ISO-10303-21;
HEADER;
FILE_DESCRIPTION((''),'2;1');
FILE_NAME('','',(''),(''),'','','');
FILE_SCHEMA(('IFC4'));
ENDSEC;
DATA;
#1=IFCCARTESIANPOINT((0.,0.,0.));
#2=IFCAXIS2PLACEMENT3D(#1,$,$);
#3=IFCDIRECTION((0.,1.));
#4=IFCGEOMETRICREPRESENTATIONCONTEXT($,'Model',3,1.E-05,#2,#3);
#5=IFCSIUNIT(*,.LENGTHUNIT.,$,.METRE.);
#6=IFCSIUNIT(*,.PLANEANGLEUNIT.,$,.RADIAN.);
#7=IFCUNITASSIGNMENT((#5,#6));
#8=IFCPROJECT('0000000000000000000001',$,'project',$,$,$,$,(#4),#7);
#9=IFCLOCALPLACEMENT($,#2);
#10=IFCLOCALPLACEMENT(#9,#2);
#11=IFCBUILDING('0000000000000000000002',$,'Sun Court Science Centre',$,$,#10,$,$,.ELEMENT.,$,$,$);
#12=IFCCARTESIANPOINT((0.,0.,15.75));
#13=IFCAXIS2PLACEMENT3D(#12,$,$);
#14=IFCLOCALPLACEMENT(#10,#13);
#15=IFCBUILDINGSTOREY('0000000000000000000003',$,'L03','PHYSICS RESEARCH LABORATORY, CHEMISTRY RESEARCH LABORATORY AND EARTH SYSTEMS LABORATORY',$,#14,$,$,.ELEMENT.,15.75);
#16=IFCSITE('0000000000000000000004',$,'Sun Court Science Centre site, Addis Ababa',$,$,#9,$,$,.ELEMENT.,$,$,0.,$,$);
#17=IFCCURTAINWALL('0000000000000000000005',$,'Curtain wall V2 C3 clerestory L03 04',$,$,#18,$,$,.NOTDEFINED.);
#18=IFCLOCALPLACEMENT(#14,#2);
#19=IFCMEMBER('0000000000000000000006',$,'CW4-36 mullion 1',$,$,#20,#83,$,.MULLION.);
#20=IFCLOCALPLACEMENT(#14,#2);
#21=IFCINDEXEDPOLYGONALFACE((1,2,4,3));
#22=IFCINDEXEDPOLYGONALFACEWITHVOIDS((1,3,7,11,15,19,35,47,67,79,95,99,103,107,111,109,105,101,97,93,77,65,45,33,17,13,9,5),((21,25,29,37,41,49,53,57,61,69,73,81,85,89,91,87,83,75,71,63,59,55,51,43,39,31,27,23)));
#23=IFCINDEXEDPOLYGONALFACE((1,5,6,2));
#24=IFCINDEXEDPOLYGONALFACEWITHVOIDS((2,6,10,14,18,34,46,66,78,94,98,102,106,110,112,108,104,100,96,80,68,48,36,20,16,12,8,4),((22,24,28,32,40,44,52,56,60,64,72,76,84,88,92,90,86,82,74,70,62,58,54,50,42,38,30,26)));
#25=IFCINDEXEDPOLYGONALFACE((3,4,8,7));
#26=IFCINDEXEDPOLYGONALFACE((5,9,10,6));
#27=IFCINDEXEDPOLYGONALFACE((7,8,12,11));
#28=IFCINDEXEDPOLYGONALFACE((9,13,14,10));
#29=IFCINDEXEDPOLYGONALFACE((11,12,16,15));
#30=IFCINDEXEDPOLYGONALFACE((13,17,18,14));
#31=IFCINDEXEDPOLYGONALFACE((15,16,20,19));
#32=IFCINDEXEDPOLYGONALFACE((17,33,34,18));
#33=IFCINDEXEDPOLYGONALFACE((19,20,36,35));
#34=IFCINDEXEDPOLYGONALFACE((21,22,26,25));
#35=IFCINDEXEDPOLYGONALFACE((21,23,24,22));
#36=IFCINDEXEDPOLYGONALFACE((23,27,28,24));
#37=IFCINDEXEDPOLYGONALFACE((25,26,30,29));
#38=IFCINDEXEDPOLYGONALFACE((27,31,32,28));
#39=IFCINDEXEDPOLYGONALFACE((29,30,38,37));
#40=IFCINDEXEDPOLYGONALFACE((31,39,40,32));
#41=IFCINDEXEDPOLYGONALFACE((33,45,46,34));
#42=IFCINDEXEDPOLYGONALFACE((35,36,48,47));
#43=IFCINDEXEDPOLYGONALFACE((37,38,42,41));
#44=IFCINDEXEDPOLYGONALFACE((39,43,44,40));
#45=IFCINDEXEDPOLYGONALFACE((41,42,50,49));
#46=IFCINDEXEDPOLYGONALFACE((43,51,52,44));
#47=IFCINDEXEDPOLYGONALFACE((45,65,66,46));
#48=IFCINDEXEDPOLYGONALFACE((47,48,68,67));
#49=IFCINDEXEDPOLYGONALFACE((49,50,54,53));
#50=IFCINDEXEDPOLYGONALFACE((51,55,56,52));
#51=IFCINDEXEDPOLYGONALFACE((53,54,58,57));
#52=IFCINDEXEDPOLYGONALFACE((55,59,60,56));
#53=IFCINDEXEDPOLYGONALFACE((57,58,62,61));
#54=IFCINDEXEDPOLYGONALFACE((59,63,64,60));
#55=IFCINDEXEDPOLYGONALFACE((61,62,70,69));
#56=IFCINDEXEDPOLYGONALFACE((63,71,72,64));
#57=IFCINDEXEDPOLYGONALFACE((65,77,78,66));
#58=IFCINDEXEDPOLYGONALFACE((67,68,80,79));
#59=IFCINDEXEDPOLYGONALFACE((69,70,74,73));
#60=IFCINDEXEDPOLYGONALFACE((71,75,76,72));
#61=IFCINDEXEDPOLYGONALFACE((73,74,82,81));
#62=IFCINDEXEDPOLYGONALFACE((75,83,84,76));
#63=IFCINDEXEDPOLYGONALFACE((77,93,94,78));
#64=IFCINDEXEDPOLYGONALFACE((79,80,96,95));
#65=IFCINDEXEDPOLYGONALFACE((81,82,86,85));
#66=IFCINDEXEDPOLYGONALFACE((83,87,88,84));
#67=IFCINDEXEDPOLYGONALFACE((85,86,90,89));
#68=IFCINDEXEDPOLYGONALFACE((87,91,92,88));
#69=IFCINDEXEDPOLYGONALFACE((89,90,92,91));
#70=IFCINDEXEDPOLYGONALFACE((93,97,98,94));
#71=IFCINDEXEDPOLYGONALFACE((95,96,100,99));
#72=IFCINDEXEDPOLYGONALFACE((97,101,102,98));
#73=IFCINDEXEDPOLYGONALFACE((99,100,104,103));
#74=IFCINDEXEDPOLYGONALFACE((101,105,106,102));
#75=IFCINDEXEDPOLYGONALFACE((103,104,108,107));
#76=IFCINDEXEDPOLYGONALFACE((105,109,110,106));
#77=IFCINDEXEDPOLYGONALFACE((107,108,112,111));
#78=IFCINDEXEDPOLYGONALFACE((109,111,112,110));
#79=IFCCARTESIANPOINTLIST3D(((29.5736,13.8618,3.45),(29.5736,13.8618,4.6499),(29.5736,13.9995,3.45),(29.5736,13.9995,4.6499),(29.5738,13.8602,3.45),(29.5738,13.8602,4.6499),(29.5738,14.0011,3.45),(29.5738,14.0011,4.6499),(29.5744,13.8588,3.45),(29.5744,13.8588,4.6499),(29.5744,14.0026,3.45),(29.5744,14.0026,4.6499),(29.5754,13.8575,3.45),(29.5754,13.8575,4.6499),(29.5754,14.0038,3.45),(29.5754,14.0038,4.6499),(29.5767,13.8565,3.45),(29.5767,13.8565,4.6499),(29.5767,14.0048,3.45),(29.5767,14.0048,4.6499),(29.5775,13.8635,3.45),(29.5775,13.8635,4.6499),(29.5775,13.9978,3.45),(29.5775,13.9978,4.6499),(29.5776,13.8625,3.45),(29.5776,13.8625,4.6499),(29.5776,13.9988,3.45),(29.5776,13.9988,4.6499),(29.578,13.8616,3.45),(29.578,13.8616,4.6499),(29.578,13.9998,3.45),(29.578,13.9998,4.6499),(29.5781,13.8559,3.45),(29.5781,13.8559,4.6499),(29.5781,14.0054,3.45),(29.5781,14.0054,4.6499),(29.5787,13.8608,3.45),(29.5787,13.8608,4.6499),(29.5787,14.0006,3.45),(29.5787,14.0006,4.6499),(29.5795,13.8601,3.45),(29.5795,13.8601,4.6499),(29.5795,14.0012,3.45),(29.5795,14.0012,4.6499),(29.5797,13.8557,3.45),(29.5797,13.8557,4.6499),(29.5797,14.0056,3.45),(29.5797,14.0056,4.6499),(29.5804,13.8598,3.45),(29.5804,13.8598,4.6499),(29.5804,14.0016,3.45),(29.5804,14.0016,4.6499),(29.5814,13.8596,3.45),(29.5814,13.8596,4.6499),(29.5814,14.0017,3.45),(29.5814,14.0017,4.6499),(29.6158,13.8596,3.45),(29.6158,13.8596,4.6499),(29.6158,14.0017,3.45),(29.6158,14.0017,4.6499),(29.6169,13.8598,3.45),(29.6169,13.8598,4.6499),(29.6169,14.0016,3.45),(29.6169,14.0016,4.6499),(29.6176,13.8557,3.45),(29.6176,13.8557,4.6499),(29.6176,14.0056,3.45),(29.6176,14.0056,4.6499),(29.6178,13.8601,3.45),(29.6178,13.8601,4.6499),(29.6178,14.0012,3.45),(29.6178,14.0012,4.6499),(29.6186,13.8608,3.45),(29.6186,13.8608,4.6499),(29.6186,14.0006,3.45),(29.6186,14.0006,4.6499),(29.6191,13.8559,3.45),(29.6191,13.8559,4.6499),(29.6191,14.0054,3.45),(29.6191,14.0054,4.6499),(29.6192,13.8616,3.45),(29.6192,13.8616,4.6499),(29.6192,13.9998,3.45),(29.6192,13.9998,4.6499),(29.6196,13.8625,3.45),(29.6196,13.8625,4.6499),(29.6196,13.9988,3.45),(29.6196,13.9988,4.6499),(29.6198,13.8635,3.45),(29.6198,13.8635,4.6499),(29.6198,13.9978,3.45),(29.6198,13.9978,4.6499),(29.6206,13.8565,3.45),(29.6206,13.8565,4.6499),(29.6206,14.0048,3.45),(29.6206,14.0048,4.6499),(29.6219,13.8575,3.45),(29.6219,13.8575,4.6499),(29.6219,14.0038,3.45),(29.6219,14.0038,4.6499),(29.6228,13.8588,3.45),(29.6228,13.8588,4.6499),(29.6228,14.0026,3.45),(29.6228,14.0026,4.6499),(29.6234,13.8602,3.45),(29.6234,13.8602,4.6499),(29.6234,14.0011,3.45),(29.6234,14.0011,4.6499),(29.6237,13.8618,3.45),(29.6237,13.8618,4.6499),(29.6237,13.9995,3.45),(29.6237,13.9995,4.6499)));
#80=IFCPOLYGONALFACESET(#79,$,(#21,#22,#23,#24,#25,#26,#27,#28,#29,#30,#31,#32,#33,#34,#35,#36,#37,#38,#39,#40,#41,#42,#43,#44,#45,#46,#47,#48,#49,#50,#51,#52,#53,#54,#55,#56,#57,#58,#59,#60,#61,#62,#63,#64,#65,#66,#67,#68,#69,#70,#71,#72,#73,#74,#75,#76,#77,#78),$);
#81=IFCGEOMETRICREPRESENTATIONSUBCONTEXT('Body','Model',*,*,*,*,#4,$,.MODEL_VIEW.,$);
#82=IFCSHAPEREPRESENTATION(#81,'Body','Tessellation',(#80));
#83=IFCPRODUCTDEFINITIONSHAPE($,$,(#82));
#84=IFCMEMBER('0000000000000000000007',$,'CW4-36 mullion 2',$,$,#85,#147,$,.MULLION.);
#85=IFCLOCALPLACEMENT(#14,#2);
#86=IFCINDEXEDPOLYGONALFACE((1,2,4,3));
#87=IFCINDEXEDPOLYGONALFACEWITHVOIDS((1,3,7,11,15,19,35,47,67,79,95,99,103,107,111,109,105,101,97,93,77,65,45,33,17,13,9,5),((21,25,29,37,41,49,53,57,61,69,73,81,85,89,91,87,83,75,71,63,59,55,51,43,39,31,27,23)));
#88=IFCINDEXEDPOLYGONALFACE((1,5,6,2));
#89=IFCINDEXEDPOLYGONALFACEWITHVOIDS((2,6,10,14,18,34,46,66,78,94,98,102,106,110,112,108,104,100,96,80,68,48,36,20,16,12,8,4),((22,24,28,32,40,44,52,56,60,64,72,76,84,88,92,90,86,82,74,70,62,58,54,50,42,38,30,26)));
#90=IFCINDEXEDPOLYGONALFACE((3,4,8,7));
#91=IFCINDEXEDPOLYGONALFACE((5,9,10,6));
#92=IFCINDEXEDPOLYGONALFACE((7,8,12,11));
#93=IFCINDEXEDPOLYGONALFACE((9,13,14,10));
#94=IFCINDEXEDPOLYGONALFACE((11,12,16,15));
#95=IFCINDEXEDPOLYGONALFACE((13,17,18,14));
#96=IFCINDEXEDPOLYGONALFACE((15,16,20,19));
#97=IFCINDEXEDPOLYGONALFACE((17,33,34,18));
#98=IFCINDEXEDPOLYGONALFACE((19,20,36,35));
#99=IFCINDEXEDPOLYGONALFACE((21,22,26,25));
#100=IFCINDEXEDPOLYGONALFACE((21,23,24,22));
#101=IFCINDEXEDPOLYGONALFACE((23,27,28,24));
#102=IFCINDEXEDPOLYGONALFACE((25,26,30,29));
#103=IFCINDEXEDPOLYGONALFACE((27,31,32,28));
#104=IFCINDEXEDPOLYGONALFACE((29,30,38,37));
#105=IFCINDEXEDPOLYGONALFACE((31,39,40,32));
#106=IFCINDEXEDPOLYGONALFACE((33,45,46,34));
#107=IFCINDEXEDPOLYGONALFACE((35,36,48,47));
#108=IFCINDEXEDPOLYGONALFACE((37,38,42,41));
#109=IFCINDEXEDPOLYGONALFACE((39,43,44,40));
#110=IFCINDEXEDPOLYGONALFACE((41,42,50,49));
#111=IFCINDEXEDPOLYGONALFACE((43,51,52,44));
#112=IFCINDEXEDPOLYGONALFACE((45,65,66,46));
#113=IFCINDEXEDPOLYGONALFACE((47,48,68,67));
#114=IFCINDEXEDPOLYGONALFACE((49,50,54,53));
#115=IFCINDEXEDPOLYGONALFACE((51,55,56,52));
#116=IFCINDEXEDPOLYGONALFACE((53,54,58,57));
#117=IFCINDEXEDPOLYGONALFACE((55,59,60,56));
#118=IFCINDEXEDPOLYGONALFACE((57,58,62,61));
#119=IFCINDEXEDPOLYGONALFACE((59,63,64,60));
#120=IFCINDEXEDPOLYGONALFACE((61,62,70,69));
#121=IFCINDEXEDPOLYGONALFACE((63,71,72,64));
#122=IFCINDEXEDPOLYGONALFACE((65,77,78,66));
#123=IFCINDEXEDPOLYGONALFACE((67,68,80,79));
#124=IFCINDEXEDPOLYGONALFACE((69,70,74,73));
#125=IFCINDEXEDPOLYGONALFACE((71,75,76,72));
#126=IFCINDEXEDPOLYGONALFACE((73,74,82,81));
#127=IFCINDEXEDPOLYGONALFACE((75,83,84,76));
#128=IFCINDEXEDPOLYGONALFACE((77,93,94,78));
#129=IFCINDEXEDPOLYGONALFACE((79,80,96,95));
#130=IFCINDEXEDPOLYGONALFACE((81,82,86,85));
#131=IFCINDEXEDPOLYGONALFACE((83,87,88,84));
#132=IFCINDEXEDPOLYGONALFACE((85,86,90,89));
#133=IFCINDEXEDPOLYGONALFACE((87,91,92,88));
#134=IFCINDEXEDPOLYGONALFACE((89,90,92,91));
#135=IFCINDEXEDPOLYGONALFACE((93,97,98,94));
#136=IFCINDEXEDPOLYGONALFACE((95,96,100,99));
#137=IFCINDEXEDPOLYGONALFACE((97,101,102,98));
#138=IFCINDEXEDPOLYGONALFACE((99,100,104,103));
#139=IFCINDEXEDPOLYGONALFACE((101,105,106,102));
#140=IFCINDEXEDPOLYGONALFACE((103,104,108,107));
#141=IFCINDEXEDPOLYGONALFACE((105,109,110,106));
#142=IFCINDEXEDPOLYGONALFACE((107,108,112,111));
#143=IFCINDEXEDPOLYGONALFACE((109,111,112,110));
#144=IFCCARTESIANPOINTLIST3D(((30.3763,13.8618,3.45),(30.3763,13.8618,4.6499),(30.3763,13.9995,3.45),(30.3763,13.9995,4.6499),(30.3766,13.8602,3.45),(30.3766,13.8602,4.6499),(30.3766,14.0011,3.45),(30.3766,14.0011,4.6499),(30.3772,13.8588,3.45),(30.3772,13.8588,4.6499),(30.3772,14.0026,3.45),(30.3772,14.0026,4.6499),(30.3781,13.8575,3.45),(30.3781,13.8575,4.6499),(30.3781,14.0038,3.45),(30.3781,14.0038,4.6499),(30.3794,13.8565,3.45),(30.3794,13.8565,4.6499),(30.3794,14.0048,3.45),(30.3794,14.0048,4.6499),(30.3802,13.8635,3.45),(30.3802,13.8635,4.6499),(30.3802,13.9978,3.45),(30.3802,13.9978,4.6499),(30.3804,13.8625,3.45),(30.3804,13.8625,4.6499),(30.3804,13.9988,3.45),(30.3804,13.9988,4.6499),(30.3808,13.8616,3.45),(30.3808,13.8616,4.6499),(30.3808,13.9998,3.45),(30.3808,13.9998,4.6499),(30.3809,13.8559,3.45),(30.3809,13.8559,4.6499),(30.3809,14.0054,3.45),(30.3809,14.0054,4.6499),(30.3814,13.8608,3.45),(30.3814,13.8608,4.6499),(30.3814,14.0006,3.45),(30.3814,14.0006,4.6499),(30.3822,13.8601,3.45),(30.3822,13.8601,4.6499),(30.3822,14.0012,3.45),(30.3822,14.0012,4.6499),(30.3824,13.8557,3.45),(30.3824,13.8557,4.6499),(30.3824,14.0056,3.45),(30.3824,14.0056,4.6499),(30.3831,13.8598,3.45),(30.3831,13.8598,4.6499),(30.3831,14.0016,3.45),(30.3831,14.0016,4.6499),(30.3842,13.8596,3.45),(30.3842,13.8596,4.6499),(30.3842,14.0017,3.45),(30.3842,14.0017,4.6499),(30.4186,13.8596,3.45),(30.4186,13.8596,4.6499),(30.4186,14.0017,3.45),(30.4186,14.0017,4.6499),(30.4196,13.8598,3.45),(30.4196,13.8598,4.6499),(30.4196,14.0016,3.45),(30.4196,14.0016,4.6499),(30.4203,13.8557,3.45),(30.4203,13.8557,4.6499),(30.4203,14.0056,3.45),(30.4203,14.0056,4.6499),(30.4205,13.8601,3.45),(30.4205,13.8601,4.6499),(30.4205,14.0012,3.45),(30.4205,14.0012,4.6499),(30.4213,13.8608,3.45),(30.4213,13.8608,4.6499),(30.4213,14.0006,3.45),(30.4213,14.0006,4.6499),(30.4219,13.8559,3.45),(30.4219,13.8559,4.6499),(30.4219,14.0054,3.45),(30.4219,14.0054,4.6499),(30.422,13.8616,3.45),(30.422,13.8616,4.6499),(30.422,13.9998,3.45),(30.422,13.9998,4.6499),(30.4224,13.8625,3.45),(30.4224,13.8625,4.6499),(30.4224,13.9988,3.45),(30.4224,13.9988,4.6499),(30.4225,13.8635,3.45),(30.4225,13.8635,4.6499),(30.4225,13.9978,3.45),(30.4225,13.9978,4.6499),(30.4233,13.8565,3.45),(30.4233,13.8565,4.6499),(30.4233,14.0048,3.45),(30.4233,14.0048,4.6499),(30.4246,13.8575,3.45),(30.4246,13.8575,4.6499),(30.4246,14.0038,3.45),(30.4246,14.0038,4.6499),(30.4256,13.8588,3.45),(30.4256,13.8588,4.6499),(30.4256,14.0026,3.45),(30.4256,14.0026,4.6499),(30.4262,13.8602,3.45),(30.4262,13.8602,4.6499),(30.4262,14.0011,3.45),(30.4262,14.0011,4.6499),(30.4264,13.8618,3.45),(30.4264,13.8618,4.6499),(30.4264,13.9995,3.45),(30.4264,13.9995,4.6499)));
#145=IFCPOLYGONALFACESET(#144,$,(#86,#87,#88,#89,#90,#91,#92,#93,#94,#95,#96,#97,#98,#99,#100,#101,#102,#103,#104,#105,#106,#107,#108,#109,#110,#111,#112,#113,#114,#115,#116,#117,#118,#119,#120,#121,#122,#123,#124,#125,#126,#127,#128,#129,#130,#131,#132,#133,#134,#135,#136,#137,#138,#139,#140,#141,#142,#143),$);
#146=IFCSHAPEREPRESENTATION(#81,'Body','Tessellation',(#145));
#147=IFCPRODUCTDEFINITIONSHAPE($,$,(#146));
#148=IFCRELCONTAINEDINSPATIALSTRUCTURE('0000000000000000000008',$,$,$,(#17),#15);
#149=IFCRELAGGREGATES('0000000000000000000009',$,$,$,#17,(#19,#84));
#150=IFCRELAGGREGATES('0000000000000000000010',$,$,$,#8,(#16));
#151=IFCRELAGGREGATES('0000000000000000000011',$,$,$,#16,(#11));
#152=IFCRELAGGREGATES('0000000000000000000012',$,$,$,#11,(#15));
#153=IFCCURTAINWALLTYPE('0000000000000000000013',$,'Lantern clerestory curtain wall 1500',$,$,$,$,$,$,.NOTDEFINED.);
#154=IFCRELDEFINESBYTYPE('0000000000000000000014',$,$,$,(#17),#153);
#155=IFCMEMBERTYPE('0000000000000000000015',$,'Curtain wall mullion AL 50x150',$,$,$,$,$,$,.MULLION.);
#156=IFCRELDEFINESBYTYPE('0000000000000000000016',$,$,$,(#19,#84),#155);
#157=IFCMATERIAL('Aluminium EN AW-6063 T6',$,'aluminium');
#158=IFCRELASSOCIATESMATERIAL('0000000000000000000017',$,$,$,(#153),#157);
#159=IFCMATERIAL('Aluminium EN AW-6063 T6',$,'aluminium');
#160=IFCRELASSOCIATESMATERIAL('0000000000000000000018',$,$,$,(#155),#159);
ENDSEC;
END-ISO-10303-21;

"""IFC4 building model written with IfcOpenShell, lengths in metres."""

from ifc_helpers import new_model, si_unit, direction, frame, origin, origin_2d, place, context, subcontext, project, spatial, hollow_rectangle, extrude, material, material_profile, profile_set, type_object, element, aggregate, save


model = new_model("IFC4")

# Units and contexts
model_context = context("Model", 3, precision=1e-05, world=origin(), true_north=direction((0.0, 1.0)))
body_context = subcontext(model_context, "Body", "Model", "MODEL_VIEW")
ifc_project = project(units=[si_unit("LENGTHUNIT", "METRE"), si_unit("PLANEANGLEUNIT", "RADIAN")], contexts=[model_context])

# Site, building, storey
site_placement = place(None, origin())
site = spatial("IfcSite", under=ifc_project, at=site_placement, Name="Sun Court Science Centre site, Addis Ababa", CompositionType="ELEMENT", RefElevation=0.0)
building_placement = place(site_placement, origin())
building = spatial("IfcBuilding", under=site, at=building_placement, Name="Sun Court Science Centre", CompositionType="ELEMENT")
storey_placement = place(building_placement, frame((0.0, 0.0, 15.75)))
storey = spatial("IfcBuildingStorey", under=building, at=storey_placement, Name="L03", Description="PHYSICS RESEARCH LABORATORY, CHEMISTRY RESEARCH LABORATORY AND EARTH SYSTEMS LABORATORY", CompositionType="ELEMENT", Elevation=15.75)

# Curtain wall, members
ifc_material_1 = material(Name="Aluminium EN AW-6063 T6", Category="aluminium")
curtain_wall_type = type_object("IfcCurtainWallType", Name="Lantern clerestory curtain wall 1500", PredefinedType="NOTDEFINED", material=ifc_material_1)
curtain_wall_placement = place(storey_placement, origin())
curtain_wall = element("IfcCurtainWall", 1, at=curtain_wall_placement, inside=storey, type_object=curtain_wall_type, Name="Curtain wall V2 C3 clerestory L03 04", PredefinedType="NOTDEFINED")
ifc_material_2 = material(Name="Aluminium EN AW-6063 T6", Category="aluminium")
ifc_material_profile_1 = material_profile(ifc_material_2, hollow_rectangle(XDim=0.05, YDim=0.1499, WallThickness=0.0039, InnerFilletRadius=0.0039, OuterFilletRadius=0.0061, at=origin_2d()), Name="AL 50x150x4")
ifc_profile_set_1 = profile_set([ifc_material_profile_1], Name="Aluminium EN AW-6063 T6")
member_type_1 = type_object("IfcMemberType", Name="Curtain wall mullion AL 50x150", PredefinedType="MULLION", material=ifc_profile_set_1)
member_1_placement = place(storey_placement, frame((29.5986, 13.9307, 3.45), z_axis=(0.0, 0.0, 1.0), x_axis=(1.0, 0.0, 0.0)))
member_1 = element("IfcMember", 2, at=member_1_placement, type_object=member_type_1, Name="CW4-36 mullion 1", PredefinedType="MULLION", context=body_context, shape_type="SweptSolid", body=[
    extrude(hollow_rectangle(XDim=0.05, YDim=0.1499, WallThickness=0.0039, InnerFilletRadius=0.0039, OuterFilletRadius=0.0061, at=origin_2d()), origin(), (0.0, 0.0, 1.0), 1.2),
])
member_2_placement = place(storey_placement, frame((30.4014, 13.9307, 3.45), z_axis=(0.0, 0.0, 1.0), x_axis=(1.0, 0.0, 0.0)))
member_2 = element("IfcMember", 3, at=member_2_placement, type_object=member_type_1, Name="CW4-36 mullion 2", PredefinedType="MULLION", context=body_context, shape_type="SweptSolid", body=[
    extrude(hollow_rectangle(XDim=0.05, YDim=0.1499, WallThickness=0.0039, InnerFilletRadius=0.0039, OuterFilletRadius=0.0061, at=origin_2d()), origin(), (0.0, 0.0, 1.0), 1.2),
])

aggregate(curtain_wall, [member_1, member_2])

save(model, "model.ifc")
